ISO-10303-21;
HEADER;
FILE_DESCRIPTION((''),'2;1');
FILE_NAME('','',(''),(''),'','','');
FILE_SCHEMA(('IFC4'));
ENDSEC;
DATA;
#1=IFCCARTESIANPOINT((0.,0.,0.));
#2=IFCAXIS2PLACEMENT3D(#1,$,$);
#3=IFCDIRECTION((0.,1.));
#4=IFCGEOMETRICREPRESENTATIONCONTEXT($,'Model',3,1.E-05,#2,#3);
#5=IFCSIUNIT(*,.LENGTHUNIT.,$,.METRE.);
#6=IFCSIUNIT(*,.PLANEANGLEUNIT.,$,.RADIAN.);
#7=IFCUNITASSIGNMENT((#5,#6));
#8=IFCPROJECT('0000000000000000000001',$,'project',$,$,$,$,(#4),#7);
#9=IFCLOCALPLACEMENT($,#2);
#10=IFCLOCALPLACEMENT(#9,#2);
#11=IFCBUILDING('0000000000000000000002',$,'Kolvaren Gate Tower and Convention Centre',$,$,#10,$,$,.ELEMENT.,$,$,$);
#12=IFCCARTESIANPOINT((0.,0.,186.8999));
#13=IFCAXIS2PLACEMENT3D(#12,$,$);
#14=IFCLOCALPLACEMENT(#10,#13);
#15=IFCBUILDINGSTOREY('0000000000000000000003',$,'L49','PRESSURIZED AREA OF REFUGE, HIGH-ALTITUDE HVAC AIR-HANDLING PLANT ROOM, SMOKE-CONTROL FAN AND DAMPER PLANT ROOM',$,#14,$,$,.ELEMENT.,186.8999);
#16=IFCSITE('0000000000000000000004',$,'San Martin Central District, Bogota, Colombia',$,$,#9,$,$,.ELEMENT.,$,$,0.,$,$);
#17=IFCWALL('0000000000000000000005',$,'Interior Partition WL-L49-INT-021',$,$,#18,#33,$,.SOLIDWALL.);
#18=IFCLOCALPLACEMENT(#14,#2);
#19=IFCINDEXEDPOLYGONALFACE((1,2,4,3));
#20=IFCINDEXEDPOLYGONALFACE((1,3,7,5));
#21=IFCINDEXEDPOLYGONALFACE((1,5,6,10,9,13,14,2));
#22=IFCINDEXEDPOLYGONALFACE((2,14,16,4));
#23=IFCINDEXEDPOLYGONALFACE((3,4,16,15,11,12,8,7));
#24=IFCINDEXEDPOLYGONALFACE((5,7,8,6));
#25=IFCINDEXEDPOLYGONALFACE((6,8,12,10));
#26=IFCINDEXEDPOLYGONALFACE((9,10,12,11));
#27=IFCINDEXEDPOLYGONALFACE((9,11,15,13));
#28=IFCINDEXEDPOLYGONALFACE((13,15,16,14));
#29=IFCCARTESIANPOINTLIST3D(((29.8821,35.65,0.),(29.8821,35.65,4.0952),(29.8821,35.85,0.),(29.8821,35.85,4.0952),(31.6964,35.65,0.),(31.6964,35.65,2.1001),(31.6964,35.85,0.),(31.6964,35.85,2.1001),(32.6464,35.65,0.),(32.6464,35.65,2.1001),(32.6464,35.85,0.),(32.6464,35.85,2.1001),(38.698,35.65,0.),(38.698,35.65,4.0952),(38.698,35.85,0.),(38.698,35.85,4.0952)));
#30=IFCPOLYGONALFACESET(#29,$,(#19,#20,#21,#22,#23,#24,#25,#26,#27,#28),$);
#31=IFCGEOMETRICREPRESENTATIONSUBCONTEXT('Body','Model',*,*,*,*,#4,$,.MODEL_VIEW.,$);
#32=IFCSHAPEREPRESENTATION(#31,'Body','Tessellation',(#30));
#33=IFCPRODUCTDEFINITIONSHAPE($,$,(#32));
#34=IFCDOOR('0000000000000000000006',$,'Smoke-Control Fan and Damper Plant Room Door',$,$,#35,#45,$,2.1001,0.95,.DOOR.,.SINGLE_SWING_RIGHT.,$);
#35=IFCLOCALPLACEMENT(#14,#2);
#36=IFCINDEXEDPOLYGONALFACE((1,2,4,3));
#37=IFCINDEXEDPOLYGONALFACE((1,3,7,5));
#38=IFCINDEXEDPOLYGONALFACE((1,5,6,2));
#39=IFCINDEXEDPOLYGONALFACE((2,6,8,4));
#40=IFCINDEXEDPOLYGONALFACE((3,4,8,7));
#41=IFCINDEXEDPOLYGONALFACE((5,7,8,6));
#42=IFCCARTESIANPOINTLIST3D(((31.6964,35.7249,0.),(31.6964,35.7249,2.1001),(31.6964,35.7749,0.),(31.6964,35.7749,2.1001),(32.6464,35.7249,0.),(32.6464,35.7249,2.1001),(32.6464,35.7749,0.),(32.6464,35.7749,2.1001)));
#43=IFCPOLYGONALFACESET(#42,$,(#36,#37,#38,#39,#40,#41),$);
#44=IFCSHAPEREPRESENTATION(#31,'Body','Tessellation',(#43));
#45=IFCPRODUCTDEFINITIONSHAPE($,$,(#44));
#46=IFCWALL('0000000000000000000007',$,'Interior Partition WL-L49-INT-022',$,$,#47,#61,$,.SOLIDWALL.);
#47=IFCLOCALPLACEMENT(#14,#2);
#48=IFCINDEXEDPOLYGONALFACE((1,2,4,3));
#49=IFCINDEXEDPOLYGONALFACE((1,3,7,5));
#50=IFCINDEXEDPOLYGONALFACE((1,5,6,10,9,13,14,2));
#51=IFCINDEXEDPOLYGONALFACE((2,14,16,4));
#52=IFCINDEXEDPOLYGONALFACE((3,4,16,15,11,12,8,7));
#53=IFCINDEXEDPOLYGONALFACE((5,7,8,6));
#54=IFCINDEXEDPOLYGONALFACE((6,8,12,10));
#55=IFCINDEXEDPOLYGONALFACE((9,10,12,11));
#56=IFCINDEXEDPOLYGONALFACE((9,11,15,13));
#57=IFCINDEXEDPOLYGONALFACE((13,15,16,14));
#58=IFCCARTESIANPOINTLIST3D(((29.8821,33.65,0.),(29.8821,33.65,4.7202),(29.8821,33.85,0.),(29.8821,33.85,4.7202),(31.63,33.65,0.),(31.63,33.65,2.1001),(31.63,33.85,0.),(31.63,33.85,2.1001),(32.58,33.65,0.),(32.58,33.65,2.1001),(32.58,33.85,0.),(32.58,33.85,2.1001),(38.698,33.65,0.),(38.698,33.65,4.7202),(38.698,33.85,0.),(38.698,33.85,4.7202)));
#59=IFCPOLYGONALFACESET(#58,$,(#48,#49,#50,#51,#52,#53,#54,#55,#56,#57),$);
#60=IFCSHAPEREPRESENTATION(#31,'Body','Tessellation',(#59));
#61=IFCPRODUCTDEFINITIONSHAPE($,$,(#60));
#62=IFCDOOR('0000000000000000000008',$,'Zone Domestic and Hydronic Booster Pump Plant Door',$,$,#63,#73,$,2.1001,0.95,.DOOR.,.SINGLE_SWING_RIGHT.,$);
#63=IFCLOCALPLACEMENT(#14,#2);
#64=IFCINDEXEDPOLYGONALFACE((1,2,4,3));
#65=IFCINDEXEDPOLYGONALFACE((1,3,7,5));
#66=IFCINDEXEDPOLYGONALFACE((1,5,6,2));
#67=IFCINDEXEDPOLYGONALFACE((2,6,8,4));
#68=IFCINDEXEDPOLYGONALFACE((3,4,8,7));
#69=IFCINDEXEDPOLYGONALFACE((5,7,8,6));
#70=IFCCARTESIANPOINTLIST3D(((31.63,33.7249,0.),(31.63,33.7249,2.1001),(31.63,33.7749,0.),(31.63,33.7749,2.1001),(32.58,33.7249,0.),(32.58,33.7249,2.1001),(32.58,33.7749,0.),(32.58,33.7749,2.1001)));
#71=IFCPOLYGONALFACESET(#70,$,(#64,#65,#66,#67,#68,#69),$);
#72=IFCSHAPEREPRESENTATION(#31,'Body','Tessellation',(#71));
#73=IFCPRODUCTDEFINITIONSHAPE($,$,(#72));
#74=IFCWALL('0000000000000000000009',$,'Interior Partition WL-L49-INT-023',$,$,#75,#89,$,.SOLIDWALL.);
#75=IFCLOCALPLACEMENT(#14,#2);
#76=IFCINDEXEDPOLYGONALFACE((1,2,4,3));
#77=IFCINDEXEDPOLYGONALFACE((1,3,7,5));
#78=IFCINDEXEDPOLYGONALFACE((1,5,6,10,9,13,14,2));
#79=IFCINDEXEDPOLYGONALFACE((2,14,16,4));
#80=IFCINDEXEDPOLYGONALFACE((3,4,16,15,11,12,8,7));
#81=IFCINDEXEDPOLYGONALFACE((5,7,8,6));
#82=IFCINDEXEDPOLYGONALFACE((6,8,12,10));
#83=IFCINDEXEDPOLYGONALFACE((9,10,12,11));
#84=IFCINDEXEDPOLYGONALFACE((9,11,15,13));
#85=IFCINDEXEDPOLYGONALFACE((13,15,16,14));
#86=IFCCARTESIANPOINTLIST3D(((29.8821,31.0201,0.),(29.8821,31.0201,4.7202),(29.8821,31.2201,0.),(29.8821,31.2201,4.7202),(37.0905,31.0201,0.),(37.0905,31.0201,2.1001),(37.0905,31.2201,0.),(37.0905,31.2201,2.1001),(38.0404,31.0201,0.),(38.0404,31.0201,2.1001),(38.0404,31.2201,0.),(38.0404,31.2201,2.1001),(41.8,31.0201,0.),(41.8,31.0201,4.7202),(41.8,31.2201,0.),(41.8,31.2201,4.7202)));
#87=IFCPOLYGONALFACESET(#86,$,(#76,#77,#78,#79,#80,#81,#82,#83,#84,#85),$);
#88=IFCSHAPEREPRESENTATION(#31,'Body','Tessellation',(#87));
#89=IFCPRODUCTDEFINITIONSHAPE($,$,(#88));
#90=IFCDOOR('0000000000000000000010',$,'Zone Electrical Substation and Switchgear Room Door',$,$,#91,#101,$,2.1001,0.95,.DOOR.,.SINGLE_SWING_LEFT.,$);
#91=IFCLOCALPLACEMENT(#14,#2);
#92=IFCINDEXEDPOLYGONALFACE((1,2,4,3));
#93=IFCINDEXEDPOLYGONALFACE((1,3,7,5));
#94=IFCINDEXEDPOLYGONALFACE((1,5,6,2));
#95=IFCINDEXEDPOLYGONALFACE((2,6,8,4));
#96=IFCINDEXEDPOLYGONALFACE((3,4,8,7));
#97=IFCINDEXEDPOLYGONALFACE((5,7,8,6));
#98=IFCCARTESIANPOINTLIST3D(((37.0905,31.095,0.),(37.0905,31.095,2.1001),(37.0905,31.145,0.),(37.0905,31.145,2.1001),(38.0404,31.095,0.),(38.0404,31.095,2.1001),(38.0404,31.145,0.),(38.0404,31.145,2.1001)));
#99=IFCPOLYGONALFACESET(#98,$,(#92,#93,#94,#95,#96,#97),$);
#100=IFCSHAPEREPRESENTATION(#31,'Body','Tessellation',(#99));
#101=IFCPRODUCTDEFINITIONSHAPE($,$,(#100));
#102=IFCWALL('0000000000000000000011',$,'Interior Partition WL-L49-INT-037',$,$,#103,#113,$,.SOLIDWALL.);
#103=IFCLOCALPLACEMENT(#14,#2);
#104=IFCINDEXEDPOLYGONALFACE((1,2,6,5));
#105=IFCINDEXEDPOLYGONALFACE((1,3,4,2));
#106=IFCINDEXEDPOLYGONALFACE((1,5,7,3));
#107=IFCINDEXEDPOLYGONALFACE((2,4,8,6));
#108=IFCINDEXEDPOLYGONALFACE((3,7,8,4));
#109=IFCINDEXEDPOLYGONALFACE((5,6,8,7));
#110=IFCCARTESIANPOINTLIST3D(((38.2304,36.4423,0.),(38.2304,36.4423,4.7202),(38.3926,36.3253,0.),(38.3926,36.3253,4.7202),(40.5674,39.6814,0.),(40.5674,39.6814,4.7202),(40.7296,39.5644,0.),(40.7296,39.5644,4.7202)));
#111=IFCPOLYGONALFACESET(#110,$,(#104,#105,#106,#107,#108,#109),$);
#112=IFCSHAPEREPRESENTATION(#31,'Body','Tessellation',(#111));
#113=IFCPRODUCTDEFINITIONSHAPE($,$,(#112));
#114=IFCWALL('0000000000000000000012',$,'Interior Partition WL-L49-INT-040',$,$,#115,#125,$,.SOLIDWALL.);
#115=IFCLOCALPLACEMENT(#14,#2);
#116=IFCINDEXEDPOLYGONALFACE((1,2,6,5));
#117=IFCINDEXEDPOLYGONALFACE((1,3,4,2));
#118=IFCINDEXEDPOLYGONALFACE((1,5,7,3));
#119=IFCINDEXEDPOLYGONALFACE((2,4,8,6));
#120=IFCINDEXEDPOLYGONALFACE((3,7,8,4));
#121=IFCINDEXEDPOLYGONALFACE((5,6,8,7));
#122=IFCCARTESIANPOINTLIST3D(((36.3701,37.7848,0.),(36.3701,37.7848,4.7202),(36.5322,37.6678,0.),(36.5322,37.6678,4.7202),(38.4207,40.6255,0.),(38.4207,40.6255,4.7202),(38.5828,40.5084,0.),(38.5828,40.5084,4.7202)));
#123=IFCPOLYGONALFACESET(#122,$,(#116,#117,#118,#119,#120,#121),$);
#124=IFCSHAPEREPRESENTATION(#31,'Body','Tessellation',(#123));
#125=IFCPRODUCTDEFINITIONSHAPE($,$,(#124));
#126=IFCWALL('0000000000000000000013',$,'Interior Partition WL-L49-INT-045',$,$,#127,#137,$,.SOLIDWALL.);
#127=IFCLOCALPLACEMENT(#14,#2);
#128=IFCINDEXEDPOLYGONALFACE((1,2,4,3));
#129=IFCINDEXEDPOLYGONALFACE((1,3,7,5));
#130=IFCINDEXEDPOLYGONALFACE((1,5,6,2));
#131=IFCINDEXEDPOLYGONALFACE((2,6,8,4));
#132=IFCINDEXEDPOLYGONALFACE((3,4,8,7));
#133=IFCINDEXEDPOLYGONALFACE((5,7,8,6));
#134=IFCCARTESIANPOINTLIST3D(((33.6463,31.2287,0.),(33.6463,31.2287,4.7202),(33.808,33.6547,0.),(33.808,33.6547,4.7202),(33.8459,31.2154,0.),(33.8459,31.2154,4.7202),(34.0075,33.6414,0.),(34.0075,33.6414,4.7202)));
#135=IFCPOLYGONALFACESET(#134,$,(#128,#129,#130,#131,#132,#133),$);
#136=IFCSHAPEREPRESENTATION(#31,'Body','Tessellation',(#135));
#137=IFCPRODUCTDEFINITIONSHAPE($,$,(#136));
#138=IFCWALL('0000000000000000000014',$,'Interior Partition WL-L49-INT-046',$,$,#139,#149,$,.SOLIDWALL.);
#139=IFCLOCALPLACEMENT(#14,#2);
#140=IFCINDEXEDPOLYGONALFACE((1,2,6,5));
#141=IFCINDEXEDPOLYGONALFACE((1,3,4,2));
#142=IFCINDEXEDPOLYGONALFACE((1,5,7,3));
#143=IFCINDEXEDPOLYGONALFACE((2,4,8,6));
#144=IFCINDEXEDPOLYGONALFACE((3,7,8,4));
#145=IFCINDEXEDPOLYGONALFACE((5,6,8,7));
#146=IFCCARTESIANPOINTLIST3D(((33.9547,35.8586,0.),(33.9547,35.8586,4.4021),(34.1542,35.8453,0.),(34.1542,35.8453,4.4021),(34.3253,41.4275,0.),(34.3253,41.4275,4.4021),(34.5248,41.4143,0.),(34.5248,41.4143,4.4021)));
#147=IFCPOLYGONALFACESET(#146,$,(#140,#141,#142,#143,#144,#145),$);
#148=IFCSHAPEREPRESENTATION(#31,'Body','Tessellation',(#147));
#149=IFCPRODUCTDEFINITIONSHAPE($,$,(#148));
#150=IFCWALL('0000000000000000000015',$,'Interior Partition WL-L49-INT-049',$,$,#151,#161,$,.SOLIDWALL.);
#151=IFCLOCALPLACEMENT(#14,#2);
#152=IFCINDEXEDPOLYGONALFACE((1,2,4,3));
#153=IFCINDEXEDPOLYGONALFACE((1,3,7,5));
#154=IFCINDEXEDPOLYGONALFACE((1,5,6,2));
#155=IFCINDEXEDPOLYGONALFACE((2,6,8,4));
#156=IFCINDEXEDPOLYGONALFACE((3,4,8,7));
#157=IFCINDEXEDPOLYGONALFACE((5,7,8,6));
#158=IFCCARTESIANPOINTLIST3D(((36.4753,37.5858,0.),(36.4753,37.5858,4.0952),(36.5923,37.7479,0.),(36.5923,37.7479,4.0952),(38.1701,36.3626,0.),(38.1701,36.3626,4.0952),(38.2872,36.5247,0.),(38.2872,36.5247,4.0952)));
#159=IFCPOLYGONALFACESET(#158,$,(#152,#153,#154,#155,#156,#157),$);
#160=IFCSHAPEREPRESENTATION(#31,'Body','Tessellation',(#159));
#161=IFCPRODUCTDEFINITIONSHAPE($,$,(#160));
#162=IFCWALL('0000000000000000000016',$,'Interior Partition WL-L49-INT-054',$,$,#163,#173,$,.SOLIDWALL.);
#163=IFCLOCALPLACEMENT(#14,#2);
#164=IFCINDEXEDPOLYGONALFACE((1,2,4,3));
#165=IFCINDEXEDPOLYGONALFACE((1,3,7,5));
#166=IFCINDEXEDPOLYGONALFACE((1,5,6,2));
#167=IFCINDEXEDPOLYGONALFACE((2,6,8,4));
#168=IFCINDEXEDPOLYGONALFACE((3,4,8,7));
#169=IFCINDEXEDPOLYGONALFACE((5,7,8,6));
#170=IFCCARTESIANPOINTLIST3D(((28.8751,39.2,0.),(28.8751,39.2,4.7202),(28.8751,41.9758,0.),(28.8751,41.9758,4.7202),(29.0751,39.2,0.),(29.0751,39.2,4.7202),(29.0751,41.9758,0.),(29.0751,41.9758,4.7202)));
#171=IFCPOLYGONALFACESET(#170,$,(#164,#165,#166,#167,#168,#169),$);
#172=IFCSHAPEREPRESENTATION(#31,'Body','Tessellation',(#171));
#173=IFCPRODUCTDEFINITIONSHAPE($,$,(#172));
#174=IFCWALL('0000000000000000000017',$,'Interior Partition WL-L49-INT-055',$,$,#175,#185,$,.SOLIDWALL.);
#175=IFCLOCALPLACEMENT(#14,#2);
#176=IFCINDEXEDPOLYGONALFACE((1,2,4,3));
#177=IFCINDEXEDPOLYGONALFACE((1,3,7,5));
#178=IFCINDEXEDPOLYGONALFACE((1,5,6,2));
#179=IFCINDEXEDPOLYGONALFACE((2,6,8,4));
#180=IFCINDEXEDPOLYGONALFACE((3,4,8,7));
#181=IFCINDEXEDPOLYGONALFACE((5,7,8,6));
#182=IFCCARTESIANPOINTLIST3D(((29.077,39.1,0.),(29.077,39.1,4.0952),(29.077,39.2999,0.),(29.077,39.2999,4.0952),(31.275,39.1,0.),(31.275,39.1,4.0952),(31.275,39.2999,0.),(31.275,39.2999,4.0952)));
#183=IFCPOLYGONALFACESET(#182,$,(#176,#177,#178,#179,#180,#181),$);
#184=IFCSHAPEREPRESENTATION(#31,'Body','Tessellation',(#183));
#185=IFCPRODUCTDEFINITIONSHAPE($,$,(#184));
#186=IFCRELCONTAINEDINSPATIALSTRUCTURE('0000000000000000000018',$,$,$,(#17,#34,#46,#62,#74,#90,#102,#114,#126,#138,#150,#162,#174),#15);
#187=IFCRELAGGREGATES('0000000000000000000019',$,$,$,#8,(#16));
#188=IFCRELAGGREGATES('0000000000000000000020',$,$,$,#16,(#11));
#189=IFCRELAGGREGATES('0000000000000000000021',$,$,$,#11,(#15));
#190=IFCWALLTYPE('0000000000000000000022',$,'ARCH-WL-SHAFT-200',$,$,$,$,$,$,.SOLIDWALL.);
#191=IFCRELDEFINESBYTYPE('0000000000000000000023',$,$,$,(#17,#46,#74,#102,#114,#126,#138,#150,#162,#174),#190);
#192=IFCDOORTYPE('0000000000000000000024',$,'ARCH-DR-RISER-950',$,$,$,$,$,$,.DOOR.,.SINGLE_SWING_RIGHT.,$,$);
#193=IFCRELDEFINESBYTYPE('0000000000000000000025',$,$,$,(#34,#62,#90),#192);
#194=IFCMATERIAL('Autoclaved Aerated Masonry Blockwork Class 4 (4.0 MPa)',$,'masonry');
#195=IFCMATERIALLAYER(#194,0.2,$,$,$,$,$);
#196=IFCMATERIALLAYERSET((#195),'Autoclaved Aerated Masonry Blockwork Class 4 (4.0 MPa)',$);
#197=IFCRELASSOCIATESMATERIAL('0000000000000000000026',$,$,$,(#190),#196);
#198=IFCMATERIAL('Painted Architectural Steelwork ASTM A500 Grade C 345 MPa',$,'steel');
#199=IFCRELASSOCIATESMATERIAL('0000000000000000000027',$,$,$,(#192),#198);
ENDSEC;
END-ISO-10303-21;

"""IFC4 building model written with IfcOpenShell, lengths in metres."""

from ifc_helpers import new_model, si_unit, direction, frame, frame_2d, origin, place, context, subcontext, project, spatial, rectangle, extrude, material, layer, layer_set, type_object, element, fill, save


model = new_model("IFC4")

# Units and contexts
model_context = context("Model", 3, precision=1e-05, world=origin(), true_north=direction((0.0, 1.0)))
body_context = subcontext(model_context, "Body", "Model", "MODEL_VIEW")
ifc_project = project(units=[si_unit("LENGTHUNIT", "METRE"), si_unit("PLANEANGLEUNIT", "RADIAN")], contexts=[model_context])

# Site, building, storey
site_placement = place(None, origin())
site = spatial("IfcSite", under=ifc_project, at=site_placement, Name="San Martin Central District, Bogota, Colombia", CompositionType="ELEMENT", RefElevation=0.0)
building_placement = place(site_placement, origin())
building = spatial("IfcBuilding", under=site, at=building_placement, Name="Kolvaren Gate Tower and Convention Centre", CompositionType="ELEMENT")
storey_placement = place(building_placement, frame((0.0, 0.0, 186.8999)))
storey = spatial("IfcBuildingStorey", under=building, at=storey_placement, Name="L49", Description="PRESSURIZED AREA OF REFUGE, HIGH-ALTITUDE HVAC AIR-HANDLING PLANT ROOM, SMOKE-CONTROL FAN AND DAMPER PLANT ROOM", CompositionType="ELEMENT", Elevation=186.8999)

# Shared definitions
ifc_material_1 = material(Name="Autoclaved Aerated Masonry Blockwork Class 4 (4.0 MPa)", Category="masonry")
ifc_layer_1 = layer(ifc_material_1, 0.2)
ifc_layer_set_1 = layer_set([ifc_layer_1], Name="Autoclaved Aerated Masonry Blockwork Class 4 (4.0 MPa)")
wall_type = type_object("IfcWallType", Name="ARCH-WL-SHAFT-200", PredefinedType="SOLIDWALL", material=ifc_layer_set_1)

# Walls, openings, doors
wall_1_placement = place(storey_placement, frame((29.8821, 35.75, 0.0), z_axis=(0.0, 0.0, 1.0), x_axis=(1.0, 0.0, 0.0)))
wall_1 = element("IfcWall", 1, at=wall_1_placement, inside=storey, type_object=wall_type, Name="Interior Partition WL-L49-INT-021", PredefinedType="SOLIDWALL", context=body_context, shape_type="SweptSolid", body=[
    extrude(rectangle(XDim=8.8159, YDim=0.2, at=frame_2d((4.408, 0.0))), origin(), (0.0, 0.0, 1.0), 4.0952),
])
opening_1_placement = place(wall_1_placement, frame((1.8142, 0.0, 0.0)))
opening_1 = element("IfcOpeningElement", 2, at=opening_1_placement, cuts=wall_1, PredefinedType="OPENING", context=body_context, shape_type="SweptSolid", body=[
    extrude(rectangle(XDim=0.95, YDim=2.1001, at=frame_2d((0.4751, 1.05))), frame((0.0, 0.1099, 0.0), z_axis=(0.0, -1.0, 0.0), x_axis=(1.0, 0.0, 0.0)), (0.0, 0.0, 1.0), 0.22),
])
ifc_material_2 = material(Name="Painted Architectural Steelwork ASTM A500 Grade C 345 MPa", Category="steel")
door_type = type_object("IfcDoorType", Name="ARCH-DR-RISER-950", OperationType="SINGLE_SWING_RIGHT", PredefinedType="DOOR", material=ifc_material_2)
door_1_placement = place(opening_1_placement, origin())
door_1 = element("IfcDoor", 3, at=door_1_placement, inside=storey, type_object=door_type, Name="Smoke-Control Fan and Damper Plant Room Door", OperationType="SINGLE_SWING_RIGHT", OverallHeight=2.1001, OverallWidth=0.95, PredefinedType="DOOR", context=body_context, shape_type="SweptSolid", body=[
    extrude(rectangle(XDim=0.95, YDim=2.1001, at=frame_2d((0.4751, 1.05))), frame((0.0, 0.0249, 0.0), z_axis=(0.0, -1.0, 0.0), x_axis=(1.0, 0.0, 0.0)), (0.0, 0.0, 1.0), 0.05),
])
fill(opening_1, door_1)
wall_2_placement = place(storey_placement, frame((29.8821, 33.75, 0.0), z_axis=(0.0, 0.0, 1.0), x_axis=(1.0, 0.0, 0.0)))
wall_2 = element("IfcWall", 4, at=wall_2_placement, inside=storey, type_object=wall_type, Name="Interior Partition WL-L49-INT-022", PredefinedType="SOLIDWALL", context=body_context, shape_type="SweptSolid", body=[
    extrude(rectangle(XDim=8.8159, YDim=0.2, at=frame_2d((4.408, 0.0))), origin(), (0.0, 0.0, 1.0), 4.7202),
])
opening_2_placement = place(wall_2_placement, frame((1.7478, 0.0, 0.0)))
opening_2 = element("IfcOpeningElement", 5, at=opening_2_placement, cuts=wall_2, PredefinedType="OPENING", context=body_context, shape_type="SweptSolid", body=[
    extrude(rectangle(XDim=0.95, YDim=2.1001, at=frame_2d((0.4751, 1.05))), frame((0.0, 0.1099, 0.0), z_axis=(0.0, -1.0, 0.0), x_axis=(1.0, 0.0, 0.0)), (0.0, 0.0, 1.0), 0.22),
])
door_2_placement = place(opening_2_placement, origin())
door_2 = element("IfcDoor", 6, at=door_2_placement, inside=storey, type_object=door_type, Name="Zone Domestic and Hydronic Booster Pump Plant Door", OperationType="SINGLE_SWING_RIGHT", OverallHeight=2.1001, OverallWidth=0.95, PredefinedType="DOOR", context=body_context, shape_type="SweptSolid", body=[
    extrude(rectangle(XDim=0.95, YDim=2.1001, at=frame_2d((0.4751, 1.05))), frame((0.0, 0.0249, 0.0), z_axis=(0.0, -1.0, 0.0), x_axis=(1.0, 0.0, 0.0)), (0.0, 0.0, 1.0), 0.05),
])
fill(opening_2, door_2)
wall_3_placement = place(storey_placement, frame((29.8821, 31.1201, 0.0), z_axis=(0.0, 0.0, 1.0), x_axis=(1.0, 0.0, 0.0)))
wall_3 = element("IfcWall", 7, at=wall_3_placement, inside=storey, type_object=wall_type, Name="Interior Partition WL-L49-INT-023", PredefinedType="SOLIDWALL", context=body_context, shape_type="SweptSolid", body=[
    extrude(rectangle(XDim=11.918, YDim=0.2, at=frame_2d((5.959, 0.0))), origin(), (0.0, 0.0, 1.0), 4.7202),
])
opening_3_placement = place(wall_3_placement, frame((7.2083, 0.0, 0.0)))
opening_3 = element("IfcOpeningElement", 8, at=opening_3_placement, cuts=wall_3, PredefinedType="OPENING", context=body_context, shape_type="SweptSolid", body=[
    extrude(rectangle(XDim=0.95, YDim=2.1001, at=frame_2d((0.4751, 1.05))), frame((0.0, 0.1099, 0.0), z_axis=(0.0, -1.0, 0.0), x_axis=(1.0, 0.0, 0.0)), (0.0, 0.0, 1.0), 0.22),
])
door_3_placement = place(opening_3_placement, origin())
door_3 = element("IfcDoor", 9, at=door_3_placement, inside=storey, type_object=door_type, Name="Zone Electrical Substation and Switchgear Room Door", OperationType="SINGLE_SWING_LEFT", OverallHeight=2.1001, OverallWidth=0.95, PredefinedType="DOOR", context=body_context, shape_type="SweptSolid", body=[
    extrude(rectangle(XDim=0.95, YDim=2.1001, at=frame_2d((0.4751, 1.05))), frame((0.0, 0.0249, 0.0), z_axis=(0.0, -1.0, 0.0), x_axis=(1.0, 0.0, 0.0)), (0.0, 0.0, 1.0), 0.05),
])
fill(opening_3, door_3)

# Walls
wall_4_placement = place(storey_placement, frame((38.3115, 36.3838, 0.0), z_axis=(0.0, 0.0, 1.0), x_axis=(0.5851, 0.810961, 0.0)))
element("IfcWall", 10, at=wall_4_placement, inside=storey, type_object=wall_type, Name="Interior Partition WL-L49-INT-037", PredefinedType="SOLIDWALL", context=body_context, shape_type="SweptSolid", body=[
    extrude(rectangle(XDim=3.9941, YDim=0.2, at=frame_2d((1.9971, 0.0))), origin(), (0.0, 0.0, 1.0), 4.7202),
])
wall_5_placement = place(storey_placement, frame((36.4512, 37.7263, 0.0), z_axis=(0.0, 0.0, 1.0), x_axis=(0.585305, 0.810813, 0.0)))
element("IfcWall", 11, at=wall_5_placement, inside=storey, type_object=wall_type, Name="Interior Partition WL-L49-INT-040", PredefinedType="SOLIDWALL", context=body_context, shape_type="SweptSolid", body=[
    extrude(rectangle(XDim=3.5034, YDim=0.2, at=frame_2d((1.7517, 0.0))), origin(), (0.0, 0.0, 1.0), 4.7202),
])
wall_6_placement = place(storey_placement, frame((33.7461, 31.2219, 0.0), z_axis=(0.0, 0.0, 1.0), x_axis=(0.066472, 0.997788, 0.0)))
element("IfcWall", 12, at=wall_6_placement, inside=storey, type_object=wall_type, Name="Interior Partition WL-L49-INT-045", PredefinedType="SOLIDWALL", context=body_context, shape_type="SweptSolid", body=[
    extrude(rectangle(XDim=2.4314, YDim=0.2, at=frame_2d((1.2158, 0.0))), origin(), (0.0, 0.0, 1.0), 4.7202),
])
wall_7_placement = place(storey_placement, frame((34.0544, 35.8521, 0.0), z_axis=(0.0, 0.0, 1.0), x_axis=(0.0664, 0.997793, 0.0)))
element("IfcWall", 13, at=wall_7_placement, inside=storey, type_object=wall_type, Name="Interior Partition WL-L49-INT-046", PredefinedType="SOLIDWALL", context=body_context, shape_type="SweptSolid", body=[
    extrude(rectangle(XDim=5.5813, YDim=0.2, at=frame_2d((2.7905, 0.0))), origin(), (0.0, 0.0, 1.0), 4.4021),
])
wall_8_placement = place(storey_placement, frame((36.5339, 37.6667, 0.0), z_axis=(0.0, 0.0, 1.0), x_axis=(0.810882, -0.585209, 0.0)))
element("IfcWall", 14, at=wall_8_placement, inside=storey, type_object=wall_type, Name="Interior Partition WL-L49-INT-049", PredefinedType="SOLIDWALL", context=body_context, shape_type="SweptSolid", body=[
    extrude(rectangle(XDim=2.0901, YDim=0.2, at=frame_2d((1.0449, 0.0))), origin(), (0.0, 0.0, 1.0), 4.0952),
])
wall_9_placement = place(storey_placement, frame((28.9751, 39.2, 0.0), z_axis=(0.0, 0.0, 1.0), x_axis=(0.0, 1.0, 0.0)))
element("IfcWall", 15, at=wall_9_placement, inside=storey, type_object=wall_type, Name="Interior Partition WL-L49-INT-054", PredefinedType="SOLIDWALL", context=body_context, shape_type="SweptSolid", body=[
    extrude(rectangle(XDim=2.7759, YDim=0.2, at=frame_2d((1.3879, 0.0))), origin(), (0.0, 0.0, 1.0), 4.7202),
])
wall_10_placement = place(storey_placement, frame((29.0769, 39.2, 0.0), z_axis=(0.0, 0.0, 1.0), x_axis=(1.0, 0.0, 0.0)))
element("IfcWall", 16, at=wall_10_placement, inside=storey, type_object=wall_type, Name="Interior Partition WL-L49-INT-055", PredefinedType="SOLIDWALL", context=body_context, shape_type="SweptSolid", body=[
    extrude(rectangle(XDim=2.198, YDim=0.2, at=frame_2d((1.0991, 0.0))), origin(), (0.0, 0.0, 1.0), 4.0952),
])

save(model, "model.ifc")
